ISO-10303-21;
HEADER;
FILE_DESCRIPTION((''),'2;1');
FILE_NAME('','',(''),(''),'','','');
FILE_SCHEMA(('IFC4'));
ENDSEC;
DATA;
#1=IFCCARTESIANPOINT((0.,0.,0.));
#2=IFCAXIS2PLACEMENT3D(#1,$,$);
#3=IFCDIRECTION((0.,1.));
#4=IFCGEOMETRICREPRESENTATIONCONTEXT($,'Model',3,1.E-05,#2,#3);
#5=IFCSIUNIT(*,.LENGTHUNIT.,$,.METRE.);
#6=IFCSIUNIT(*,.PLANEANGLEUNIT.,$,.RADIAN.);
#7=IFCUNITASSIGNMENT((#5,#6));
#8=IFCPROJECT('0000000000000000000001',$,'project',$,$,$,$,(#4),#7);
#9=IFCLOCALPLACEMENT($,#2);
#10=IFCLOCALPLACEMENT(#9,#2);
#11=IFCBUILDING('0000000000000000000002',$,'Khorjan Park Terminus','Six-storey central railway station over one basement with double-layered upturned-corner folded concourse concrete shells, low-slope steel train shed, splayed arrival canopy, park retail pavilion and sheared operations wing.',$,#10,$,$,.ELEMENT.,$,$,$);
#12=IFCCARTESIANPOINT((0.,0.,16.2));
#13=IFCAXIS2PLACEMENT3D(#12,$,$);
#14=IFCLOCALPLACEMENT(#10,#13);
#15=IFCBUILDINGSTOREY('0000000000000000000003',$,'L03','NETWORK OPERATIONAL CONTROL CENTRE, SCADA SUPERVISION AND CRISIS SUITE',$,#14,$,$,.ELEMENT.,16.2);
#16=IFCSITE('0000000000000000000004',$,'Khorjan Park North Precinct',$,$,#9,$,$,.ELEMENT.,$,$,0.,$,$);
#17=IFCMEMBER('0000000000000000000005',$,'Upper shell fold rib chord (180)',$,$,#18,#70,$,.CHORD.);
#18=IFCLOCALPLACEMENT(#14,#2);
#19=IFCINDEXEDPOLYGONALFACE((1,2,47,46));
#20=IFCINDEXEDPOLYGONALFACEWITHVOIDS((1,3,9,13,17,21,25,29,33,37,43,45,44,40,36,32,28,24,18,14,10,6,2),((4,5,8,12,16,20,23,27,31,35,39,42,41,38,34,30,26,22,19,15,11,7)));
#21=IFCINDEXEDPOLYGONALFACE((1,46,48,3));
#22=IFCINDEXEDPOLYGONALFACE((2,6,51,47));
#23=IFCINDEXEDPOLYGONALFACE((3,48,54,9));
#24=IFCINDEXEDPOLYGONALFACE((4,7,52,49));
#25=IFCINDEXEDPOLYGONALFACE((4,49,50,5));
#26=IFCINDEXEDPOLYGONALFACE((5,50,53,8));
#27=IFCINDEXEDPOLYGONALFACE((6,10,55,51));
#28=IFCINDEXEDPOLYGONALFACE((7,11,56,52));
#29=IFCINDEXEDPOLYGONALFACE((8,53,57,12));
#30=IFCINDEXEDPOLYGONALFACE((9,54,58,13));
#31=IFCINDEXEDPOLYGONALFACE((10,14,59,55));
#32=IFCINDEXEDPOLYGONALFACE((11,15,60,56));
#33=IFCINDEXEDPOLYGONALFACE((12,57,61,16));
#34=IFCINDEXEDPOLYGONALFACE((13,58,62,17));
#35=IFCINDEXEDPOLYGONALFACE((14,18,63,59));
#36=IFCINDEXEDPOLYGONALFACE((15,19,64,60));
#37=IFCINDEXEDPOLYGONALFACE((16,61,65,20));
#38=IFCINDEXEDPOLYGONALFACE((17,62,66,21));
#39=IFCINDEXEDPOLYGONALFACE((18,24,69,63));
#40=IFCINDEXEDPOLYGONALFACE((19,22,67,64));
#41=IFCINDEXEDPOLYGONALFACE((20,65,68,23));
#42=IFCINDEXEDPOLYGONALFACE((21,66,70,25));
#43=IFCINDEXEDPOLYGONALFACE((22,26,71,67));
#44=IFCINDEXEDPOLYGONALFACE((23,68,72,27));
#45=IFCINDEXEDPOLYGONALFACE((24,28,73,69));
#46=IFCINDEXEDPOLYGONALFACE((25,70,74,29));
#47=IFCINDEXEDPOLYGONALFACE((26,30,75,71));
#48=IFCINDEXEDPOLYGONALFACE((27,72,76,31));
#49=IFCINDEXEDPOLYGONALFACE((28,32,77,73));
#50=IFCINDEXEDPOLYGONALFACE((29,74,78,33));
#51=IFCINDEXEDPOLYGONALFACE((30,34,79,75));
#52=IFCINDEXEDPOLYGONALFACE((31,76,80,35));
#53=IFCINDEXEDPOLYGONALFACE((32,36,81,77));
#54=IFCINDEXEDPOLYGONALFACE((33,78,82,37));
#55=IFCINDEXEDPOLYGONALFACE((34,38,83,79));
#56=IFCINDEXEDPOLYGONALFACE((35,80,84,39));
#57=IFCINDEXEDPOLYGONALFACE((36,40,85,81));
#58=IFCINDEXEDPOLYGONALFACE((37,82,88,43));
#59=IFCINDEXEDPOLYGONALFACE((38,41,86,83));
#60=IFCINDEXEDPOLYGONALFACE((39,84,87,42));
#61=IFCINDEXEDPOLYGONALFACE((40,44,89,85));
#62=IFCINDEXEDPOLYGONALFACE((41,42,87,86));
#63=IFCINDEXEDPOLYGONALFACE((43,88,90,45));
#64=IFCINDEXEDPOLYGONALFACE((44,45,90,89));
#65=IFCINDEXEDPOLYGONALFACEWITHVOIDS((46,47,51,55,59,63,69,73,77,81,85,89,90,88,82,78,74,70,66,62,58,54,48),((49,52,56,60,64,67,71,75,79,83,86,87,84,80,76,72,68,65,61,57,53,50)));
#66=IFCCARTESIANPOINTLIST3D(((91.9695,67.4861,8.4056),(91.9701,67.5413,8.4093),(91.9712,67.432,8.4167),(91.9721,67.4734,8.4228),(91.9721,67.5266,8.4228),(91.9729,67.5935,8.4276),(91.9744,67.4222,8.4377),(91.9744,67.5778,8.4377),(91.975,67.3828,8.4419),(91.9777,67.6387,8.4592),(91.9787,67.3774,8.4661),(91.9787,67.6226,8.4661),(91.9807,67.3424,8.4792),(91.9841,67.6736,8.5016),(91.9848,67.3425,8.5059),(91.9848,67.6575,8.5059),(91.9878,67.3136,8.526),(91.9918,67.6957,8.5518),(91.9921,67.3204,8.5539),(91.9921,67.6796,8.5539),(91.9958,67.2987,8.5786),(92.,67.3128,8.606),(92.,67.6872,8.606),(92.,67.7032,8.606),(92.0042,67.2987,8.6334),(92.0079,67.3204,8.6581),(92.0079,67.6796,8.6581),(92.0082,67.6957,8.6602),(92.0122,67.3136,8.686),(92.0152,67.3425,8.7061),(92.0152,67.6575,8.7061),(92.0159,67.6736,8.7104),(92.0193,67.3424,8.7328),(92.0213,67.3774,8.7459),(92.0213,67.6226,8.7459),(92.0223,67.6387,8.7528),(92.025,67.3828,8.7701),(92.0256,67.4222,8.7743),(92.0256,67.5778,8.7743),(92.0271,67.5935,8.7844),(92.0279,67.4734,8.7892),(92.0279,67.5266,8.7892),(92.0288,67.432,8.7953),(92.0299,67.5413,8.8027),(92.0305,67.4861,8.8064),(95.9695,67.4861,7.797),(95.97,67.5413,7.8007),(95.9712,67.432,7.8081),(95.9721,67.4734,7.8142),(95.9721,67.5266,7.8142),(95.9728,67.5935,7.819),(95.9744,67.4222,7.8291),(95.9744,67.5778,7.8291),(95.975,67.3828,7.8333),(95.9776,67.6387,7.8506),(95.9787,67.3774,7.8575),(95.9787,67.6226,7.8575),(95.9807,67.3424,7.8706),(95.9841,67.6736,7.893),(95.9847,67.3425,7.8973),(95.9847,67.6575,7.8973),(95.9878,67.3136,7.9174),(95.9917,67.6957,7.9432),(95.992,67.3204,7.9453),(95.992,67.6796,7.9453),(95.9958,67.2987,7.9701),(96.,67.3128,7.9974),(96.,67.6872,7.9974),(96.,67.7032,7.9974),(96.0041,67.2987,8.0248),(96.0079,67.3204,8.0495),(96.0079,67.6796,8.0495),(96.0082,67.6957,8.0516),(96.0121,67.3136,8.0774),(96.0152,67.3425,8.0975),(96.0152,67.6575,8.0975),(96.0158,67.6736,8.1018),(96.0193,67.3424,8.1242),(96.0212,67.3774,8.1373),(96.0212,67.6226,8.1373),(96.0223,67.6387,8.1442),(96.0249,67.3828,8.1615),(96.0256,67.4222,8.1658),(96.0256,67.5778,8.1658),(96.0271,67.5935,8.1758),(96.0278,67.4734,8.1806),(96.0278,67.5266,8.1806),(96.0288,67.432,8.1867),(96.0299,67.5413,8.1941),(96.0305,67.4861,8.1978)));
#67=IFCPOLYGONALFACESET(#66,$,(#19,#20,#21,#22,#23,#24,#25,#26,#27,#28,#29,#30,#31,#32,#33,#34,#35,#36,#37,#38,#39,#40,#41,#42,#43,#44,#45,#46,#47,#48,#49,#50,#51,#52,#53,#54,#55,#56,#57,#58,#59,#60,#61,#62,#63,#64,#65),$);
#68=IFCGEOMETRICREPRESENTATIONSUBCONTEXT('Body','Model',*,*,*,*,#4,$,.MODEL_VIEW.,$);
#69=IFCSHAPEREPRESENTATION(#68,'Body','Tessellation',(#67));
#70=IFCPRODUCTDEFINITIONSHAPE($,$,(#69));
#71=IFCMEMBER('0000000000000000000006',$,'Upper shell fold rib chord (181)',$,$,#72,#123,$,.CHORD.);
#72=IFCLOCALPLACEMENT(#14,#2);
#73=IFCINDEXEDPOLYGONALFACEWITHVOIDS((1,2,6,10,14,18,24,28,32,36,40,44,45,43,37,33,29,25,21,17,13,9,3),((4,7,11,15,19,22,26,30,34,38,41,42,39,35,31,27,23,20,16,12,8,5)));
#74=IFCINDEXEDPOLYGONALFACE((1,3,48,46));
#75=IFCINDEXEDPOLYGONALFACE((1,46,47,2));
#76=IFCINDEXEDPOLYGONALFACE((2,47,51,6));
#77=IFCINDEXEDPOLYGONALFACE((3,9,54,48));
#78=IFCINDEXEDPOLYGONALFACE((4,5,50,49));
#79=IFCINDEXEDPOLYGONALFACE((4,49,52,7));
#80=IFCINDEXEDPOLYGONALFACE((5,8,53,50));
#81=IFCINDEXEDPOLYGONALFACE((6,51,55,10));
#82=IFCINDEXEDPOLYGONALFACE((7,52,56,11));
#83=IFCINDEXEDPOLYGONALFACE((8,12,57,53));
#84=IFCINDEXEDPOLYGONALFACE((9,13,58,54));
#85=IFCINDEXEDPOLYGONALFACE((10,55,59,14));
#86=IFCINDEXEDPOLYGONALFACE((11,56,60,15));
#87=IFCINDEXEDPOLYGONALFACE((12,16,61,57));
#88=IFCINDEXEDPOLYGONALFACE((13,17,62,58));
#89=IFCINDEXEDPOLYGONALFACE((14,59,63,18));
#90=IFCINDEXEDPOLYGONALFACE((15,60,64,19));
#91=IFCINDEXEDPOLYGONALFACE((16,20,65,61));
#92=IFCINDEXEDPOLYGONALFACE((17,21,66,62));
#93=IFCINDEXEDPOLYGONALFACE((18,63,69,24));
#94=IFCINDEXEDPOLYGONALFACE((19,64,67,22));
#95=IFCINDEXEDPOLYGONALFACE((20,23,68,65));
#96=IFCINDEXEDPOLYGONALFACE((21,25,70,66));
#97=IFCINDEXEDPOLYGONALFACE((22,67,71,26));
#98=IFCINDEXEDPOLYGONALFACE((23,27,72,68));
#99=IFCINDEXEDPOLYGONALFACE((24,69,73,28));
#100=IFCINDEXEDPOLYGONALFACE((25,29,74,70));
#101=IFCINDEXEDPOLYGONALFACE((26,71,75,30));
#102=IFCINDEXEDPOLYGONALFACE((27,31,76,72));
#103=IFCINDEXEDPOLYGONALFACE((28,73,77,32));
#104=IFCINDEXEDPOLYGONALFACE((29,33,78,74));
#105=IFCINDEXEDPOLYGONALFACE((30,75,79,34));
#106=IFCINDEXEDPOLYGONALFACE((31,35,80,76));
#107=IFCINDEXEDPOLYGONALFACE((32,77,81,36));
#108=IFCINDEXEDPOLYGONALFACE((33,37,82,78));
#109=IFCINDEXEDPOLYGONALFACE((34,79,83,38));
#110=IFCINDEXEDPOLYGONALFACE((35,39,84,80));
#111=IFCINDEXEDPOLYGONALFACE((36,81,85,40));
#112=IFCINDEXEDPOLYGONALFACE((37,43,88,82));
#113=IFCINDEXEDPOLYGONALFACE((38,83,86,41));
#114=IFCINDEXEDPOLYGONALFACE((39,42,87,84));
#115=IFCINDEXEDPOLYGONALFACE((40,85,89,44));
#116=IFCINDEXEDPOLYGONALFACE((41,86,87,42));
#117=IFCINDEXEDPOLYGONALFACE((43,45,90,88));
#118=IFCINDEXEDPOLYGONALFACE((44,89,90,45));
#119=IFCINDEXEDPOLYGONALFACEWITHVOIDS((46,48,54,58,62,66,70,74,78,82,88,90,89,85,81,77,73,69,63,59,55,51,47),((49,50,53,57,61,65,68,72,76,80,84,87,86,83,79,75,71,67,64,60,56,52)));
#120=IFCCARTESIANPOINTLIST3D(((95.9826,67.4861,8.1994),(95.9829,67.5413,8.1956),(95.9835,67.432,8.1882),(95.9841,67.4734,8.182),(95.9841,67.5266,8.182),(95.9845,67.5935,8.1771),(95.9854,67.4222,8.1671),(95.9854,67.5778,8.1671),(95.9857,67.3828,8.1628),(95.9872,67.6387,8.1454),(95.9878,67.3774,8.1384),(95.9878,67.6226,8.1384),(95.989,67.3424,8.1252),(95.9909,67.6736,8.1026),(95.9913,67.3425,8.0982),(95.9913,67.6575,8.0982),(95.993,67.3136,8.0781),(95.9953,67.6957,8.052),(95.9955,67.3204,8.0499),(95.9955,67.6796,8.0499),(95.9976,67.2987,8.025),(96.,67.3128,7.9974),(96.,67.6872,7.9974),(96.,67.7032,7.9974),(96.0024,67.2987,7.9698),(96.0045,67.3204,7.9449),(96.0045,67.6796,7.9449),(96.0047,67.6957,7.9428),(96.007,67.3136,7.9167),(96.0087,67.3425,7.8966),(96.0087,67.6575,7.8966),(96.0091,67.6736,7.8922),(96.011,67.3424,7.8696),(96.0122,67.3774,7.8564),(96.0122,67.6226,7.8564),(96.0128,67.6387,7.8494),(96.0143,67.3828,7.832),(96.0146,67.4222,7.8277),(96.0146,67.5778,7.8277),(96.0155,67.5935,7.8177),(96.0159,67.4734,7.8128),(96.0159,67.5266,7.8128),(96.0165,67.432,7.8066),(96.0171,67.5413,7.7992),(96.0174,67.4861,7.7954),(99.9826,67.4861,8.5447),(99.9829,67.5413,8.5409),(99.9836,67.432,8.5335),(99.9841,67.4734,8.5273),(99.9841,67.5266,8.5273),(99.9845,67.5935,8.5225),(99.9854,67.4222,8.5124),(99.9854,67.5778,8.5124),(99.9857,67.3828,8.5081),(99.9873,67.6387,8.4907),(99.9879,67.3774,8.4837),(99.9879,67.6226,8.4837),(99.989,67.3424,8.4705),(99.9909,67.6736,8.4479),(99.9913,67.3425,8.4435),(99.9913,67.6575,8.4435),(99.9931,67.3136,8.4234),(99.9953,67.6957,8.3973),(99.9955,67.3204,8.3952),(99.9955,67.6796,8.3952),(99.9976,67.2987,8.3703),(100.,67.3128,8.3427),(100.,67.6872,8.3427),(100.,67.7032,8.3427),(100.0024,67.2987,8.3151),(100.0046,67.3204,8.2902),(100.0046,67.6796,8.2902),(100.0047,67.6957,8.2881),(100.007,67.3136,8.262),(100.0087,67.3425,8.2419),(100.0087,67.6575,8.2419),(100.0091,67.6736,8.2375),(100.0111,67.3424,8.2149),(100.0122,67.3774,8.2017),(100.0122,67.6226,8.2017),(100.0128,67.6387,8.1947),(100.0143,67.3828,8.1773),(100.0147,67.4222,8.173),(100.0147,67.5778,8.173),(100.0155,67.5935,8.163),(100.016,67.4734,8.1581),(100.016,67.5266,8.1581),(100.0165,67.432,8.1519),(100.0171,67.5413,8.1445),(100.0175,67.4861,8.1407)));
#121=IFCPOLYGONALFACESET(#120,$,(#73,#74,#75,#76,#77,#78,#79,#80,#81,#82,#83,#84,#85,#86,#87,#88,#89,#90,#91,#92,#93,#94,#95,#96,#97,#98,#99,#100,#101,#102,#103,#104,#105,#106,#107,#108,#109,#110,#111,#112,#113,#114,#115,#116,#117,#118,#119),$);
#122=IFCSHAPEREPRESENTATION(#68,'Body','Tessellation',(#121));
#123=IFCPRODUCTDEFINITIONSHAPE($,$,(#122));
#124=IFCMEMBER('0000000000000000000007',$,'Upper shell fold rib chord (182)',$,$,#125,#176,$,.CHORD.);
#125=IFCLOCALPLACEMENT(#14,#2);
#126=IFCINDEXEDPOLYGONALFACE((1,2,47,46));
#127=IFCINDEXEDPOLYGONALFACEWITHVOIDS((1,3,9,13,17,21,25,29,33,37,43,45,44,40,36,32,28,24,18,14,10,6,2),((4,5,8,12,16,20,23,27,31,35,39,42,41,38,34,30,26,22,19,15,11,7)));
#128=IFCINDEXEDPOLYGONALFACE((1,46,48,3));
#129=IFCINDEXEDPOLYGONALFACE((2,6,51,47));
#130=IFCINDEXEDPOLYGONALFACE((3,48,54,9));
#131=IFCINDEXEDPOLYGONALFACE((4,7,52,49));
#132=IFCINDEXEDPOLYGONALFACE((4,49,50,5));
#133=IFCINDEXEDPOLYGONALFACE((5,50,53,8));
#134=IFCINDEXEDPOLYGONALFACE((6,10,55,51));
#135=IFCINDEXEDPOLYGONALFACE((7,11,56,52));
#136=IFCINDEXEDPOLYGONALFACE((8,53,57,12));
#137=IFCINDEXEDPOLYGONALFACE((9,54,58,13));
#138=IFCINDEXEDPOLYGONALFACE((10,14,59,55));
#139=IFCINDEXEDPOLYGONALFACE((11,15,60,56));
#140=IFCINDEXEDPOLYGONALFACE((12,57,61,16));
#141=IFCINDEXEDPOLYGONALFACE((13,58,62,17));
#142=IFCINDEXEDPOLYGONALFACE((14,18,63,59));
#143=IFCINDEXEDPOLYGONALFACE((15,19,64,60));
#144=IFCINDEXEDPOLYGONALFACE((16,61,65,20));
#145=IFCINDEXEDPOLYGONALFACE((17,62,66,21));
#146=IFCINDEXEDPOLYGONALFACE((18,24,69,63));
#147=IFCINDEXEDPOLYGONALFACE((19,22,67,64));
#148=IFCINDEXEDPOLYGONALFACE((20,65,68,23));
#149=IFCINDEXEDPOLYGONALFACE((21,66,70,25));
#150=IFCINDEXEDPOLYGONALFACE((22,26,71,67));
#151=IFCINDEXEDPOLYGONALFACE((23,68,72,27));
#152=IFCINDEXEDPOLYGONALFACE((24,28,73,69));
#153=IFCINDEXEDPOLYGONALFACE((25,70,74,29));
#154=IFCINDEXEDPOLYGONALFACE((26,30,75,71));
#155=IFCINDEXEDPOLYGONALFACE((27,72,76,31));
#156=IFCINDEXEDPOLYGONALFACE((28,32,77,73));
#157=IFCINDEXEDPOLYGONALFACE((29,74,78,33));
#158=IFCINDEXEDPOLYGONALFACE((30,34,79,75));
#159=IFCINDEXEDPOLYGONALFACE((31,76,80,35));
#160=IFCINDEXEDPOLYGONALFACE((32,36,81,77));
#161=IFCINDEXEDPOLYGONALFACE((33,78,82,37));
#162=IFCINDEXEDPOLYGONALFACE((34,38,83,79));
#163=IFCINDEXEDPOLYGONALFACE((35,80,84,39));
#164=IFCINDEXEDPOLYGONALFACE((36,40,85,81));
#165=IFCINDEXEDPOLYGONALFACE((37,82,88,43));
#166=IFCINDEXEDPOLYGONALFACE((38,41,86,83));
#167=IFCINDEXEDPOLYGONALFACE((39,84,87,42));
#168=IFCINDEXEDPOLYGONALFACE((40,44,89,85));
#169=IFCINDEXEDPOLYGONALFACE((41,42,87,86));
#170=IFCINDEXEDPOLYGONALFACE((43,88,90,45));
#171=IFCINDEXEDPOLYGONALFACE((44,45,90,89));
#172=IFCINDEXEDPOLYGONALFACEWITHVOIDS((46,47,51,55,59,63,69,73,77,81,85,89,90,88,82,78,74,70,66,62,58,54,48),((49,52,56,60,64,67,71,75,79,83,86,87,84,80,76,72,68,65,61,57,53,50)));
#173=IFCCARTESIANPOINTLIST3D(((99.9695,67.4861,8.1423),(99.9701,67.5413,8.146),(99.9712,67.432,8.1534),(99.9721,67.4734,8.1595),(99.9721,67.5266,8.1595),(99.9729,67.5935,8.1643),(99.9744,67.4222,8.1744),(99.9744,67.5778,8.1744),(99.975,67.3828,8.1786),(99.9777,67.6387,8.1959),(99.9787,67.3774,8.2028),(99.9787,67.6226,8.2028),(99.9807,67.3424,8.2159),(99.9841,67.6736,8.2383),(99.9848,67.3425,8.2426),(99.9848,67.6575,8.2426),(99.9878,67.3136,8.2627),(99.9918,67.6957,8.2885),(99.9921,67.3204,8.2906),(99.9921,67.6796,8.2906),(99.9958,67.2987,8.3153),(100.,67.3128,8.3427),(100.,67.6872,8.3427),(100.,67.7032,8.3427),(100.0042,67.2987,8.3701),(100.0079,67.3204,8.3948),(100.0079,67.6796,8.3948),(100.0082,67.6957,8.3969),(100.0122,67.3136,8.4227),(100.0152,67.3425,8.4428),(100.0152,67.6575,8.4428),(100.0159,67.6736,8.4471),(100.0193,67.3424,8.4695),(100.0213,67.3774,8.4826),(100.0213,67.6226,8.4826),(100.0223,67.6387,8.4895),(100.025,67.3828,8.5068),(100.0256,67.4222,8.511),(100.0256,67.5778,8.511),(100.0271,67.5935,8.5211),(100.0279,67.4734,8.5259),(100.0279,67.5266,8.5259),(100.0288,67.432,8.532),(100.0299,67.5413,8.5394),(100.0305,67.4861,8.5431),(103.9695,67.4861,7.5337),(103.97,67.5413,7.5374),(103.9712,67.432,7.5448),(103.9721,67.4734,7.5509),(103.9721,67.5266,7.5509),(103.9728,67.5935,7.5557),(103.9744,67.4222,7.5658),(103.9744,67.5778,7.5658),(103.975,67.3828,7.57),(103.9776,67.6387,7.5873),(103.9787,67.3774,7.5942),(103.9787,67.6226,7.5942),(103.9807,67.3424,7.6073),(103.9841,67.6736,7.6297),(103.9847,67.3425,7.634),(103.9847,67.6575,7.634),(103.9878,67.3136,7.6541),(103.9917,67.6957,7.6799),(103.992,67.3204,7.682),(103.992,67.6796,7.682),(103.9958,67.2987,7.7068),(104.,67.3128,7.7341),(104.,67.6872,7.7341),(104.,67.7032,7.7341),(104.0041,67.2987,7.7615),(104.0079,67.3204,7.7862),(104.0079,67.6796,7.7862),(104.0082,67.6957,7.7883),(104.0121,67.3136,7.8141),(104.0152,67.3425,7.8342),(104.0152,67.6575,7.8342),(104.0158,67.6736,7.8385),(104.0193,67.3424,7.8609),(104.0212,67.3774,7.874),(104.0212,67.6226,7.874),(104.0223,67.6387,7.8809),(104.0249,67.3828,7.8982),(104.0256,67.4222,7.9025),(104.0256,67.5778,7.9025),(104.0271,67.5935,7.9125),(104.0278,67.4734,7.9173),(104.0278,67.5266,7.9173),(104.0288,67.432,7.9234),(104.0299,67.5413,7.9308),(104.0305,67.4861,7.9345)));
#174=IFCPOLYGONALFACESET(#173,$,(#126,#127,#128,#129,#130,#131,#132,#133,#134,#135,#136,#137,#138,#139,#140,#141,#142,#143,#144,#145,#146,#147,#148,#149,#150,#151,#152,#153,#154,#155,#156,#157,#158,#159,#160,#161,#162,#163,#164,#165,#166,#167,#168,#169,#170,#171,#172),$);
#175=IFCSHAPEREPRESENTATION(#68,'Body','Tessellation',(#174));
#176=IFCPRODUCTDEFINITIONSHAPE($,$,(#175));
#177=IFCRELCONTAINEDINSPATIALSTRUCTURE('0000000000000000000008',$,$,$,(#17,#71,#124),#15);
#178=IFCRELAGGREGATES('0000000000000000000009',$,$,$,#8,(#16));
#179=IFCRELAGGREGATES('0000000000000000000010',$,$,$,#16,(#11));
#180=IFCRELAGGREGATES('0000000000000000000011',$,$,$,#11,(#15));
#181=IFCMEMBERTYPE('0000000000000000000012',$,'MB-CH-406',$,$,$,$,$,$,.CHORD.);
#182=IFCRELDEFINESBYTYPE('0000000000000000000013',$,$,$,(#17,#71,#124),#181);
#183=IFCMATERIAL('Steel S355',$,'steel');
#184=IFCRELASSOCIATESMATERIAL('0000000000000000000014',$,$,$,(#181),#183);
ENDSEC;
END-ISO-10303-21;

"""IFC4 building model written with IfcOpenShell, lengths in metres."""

from ifc_helpers import new_model, si_unit, direction, frame, origin, origin_2d, place, context, subcontext, project, spatial, hollow_circle, extrude, material, material_profile, profile_set, type_object, element, save


model = new_model("IFC4")

# Units and contexts
model_context = context("Model", 3, precision=1e-05, world=origin(), true_north=direction((0.0, 1.0)))
body_context = subcontext(model_context, "Body", "Model", "MODEL_VIEW")
ifc_project = project(units=[si_unit("LENGTHUNIT", "METRE"), si_unit("PLANEANGLEUNIT", "RADIAN")], contexts=[model_context])

# Site, building, storey
site_placement = place(None, origin())
site = spatial("IfcSite", under=ifc_project, at=site_placement, Name="Khorjan Park North Precinct", CompositionType="ELEMENT", RefElevation=0.0)
building_placement = place(site_placement, origin())
building = spatial("IfcBuilding", under=site, at=building_placement, Name="Khorjan Park Terminus", Description="Six-storey central railway station over one basement with double-layered upturned-corner folded concourse concrete shells, low-slope steel train shed, splayed arrival canopy, park retail pavilion and sheared operations wing.", CompositionType="ELEMENT")
storey_placement = place(building_placement, frame((0.0, 0.0, 16.2)))
storey = spatial("IfcBuildingStorey", under=building, at=storey_placement, Name="L03", Description="NETWORK OPERATIONAL CONTROL CENTRE, SCADA SUPERVISION AND CRISIS SUITE", CompositionType="ELEMENT", Elevation=16.2)

# Members
ifc_material = material(Name="Steel S355", Category="steel")
ifc_material_profile_1 = material_profile(ifc_material, hollow_circle(Radius=0.2032, WallThickness=0.016, at=origin_2d()), Name="CHS 406.4x16")
ifc_profile_set_1 = profile_set([ifc_material_profile_1], Name="Steel S355")
member_type_1 = type_object("IfcMemberType", Name="MB-CH-406", PredefinedType="CHORD", material=ifc_profile_set_1)
for number, where, z_axis, x_axis, name in (
    (1, (92.0, 67.5, 8.606), (0.988622, 0.0, -0.150419), (0.0, 1.0, 0.0), "Upper shell fold rib chord (180)"),
):
    element("IfcMember", number, at=place(storey_placement, frame(where, z_axis=z_axis, x_axis=x_axis)), inside=storey, type_object=member_type_1, Name=name, PredefinedType="CHORD", context=body_context, shape_type="SweptSolid", body=[
        extrude(hollow_circle(Radius=0.2032, WallThickness=0.016, at=origin_2d()), origin(), (0.0, 0.0, 1.0), 4.046),
    ])
member_1_placement = place(storey_placement, frame((96.0, 67.5, 7.9974), z_axis=(0.996295, 0.0, 0.086005), x_axis=(0.0, 1.0, 0.0)))
element("IfcMember", 2, at=member_1_placement, inside=storey, type_object=member_type_1, Name="Upper shell fold rib chord (181)", PredefinedType="CHORD", context=body_context, shape_type="SweptSolid", body=[
    extrude(hollow_circle(Radius=0.2032, WallThickness=0.016, at=origin_2d()), origin(), (0.0, 0.0, 1.0), 4.0149),
])
member_2_placement = place(storey_placement, frame((100.0, 67.5, 8.3427), z_axis=(0.988622, 0.0, -0.150419), x_axis=(0.0, 1.0, 0.0)))
element("IfcMember", 3, at=member_2_placement, inside=storey, type_object=member_type_1, Name="Upper shell fold rib chord (182)", PredefinedType="CHORD", context=body_context, shape_type="SweptSolid", body=[
    extrude(hollow_circle(Radius=0.2032, WallThickness=0.016, at=origin_2d()), origin(), (0.0, 0.0, 1.0), 4.046),
])

save(model, "model.ifc")
